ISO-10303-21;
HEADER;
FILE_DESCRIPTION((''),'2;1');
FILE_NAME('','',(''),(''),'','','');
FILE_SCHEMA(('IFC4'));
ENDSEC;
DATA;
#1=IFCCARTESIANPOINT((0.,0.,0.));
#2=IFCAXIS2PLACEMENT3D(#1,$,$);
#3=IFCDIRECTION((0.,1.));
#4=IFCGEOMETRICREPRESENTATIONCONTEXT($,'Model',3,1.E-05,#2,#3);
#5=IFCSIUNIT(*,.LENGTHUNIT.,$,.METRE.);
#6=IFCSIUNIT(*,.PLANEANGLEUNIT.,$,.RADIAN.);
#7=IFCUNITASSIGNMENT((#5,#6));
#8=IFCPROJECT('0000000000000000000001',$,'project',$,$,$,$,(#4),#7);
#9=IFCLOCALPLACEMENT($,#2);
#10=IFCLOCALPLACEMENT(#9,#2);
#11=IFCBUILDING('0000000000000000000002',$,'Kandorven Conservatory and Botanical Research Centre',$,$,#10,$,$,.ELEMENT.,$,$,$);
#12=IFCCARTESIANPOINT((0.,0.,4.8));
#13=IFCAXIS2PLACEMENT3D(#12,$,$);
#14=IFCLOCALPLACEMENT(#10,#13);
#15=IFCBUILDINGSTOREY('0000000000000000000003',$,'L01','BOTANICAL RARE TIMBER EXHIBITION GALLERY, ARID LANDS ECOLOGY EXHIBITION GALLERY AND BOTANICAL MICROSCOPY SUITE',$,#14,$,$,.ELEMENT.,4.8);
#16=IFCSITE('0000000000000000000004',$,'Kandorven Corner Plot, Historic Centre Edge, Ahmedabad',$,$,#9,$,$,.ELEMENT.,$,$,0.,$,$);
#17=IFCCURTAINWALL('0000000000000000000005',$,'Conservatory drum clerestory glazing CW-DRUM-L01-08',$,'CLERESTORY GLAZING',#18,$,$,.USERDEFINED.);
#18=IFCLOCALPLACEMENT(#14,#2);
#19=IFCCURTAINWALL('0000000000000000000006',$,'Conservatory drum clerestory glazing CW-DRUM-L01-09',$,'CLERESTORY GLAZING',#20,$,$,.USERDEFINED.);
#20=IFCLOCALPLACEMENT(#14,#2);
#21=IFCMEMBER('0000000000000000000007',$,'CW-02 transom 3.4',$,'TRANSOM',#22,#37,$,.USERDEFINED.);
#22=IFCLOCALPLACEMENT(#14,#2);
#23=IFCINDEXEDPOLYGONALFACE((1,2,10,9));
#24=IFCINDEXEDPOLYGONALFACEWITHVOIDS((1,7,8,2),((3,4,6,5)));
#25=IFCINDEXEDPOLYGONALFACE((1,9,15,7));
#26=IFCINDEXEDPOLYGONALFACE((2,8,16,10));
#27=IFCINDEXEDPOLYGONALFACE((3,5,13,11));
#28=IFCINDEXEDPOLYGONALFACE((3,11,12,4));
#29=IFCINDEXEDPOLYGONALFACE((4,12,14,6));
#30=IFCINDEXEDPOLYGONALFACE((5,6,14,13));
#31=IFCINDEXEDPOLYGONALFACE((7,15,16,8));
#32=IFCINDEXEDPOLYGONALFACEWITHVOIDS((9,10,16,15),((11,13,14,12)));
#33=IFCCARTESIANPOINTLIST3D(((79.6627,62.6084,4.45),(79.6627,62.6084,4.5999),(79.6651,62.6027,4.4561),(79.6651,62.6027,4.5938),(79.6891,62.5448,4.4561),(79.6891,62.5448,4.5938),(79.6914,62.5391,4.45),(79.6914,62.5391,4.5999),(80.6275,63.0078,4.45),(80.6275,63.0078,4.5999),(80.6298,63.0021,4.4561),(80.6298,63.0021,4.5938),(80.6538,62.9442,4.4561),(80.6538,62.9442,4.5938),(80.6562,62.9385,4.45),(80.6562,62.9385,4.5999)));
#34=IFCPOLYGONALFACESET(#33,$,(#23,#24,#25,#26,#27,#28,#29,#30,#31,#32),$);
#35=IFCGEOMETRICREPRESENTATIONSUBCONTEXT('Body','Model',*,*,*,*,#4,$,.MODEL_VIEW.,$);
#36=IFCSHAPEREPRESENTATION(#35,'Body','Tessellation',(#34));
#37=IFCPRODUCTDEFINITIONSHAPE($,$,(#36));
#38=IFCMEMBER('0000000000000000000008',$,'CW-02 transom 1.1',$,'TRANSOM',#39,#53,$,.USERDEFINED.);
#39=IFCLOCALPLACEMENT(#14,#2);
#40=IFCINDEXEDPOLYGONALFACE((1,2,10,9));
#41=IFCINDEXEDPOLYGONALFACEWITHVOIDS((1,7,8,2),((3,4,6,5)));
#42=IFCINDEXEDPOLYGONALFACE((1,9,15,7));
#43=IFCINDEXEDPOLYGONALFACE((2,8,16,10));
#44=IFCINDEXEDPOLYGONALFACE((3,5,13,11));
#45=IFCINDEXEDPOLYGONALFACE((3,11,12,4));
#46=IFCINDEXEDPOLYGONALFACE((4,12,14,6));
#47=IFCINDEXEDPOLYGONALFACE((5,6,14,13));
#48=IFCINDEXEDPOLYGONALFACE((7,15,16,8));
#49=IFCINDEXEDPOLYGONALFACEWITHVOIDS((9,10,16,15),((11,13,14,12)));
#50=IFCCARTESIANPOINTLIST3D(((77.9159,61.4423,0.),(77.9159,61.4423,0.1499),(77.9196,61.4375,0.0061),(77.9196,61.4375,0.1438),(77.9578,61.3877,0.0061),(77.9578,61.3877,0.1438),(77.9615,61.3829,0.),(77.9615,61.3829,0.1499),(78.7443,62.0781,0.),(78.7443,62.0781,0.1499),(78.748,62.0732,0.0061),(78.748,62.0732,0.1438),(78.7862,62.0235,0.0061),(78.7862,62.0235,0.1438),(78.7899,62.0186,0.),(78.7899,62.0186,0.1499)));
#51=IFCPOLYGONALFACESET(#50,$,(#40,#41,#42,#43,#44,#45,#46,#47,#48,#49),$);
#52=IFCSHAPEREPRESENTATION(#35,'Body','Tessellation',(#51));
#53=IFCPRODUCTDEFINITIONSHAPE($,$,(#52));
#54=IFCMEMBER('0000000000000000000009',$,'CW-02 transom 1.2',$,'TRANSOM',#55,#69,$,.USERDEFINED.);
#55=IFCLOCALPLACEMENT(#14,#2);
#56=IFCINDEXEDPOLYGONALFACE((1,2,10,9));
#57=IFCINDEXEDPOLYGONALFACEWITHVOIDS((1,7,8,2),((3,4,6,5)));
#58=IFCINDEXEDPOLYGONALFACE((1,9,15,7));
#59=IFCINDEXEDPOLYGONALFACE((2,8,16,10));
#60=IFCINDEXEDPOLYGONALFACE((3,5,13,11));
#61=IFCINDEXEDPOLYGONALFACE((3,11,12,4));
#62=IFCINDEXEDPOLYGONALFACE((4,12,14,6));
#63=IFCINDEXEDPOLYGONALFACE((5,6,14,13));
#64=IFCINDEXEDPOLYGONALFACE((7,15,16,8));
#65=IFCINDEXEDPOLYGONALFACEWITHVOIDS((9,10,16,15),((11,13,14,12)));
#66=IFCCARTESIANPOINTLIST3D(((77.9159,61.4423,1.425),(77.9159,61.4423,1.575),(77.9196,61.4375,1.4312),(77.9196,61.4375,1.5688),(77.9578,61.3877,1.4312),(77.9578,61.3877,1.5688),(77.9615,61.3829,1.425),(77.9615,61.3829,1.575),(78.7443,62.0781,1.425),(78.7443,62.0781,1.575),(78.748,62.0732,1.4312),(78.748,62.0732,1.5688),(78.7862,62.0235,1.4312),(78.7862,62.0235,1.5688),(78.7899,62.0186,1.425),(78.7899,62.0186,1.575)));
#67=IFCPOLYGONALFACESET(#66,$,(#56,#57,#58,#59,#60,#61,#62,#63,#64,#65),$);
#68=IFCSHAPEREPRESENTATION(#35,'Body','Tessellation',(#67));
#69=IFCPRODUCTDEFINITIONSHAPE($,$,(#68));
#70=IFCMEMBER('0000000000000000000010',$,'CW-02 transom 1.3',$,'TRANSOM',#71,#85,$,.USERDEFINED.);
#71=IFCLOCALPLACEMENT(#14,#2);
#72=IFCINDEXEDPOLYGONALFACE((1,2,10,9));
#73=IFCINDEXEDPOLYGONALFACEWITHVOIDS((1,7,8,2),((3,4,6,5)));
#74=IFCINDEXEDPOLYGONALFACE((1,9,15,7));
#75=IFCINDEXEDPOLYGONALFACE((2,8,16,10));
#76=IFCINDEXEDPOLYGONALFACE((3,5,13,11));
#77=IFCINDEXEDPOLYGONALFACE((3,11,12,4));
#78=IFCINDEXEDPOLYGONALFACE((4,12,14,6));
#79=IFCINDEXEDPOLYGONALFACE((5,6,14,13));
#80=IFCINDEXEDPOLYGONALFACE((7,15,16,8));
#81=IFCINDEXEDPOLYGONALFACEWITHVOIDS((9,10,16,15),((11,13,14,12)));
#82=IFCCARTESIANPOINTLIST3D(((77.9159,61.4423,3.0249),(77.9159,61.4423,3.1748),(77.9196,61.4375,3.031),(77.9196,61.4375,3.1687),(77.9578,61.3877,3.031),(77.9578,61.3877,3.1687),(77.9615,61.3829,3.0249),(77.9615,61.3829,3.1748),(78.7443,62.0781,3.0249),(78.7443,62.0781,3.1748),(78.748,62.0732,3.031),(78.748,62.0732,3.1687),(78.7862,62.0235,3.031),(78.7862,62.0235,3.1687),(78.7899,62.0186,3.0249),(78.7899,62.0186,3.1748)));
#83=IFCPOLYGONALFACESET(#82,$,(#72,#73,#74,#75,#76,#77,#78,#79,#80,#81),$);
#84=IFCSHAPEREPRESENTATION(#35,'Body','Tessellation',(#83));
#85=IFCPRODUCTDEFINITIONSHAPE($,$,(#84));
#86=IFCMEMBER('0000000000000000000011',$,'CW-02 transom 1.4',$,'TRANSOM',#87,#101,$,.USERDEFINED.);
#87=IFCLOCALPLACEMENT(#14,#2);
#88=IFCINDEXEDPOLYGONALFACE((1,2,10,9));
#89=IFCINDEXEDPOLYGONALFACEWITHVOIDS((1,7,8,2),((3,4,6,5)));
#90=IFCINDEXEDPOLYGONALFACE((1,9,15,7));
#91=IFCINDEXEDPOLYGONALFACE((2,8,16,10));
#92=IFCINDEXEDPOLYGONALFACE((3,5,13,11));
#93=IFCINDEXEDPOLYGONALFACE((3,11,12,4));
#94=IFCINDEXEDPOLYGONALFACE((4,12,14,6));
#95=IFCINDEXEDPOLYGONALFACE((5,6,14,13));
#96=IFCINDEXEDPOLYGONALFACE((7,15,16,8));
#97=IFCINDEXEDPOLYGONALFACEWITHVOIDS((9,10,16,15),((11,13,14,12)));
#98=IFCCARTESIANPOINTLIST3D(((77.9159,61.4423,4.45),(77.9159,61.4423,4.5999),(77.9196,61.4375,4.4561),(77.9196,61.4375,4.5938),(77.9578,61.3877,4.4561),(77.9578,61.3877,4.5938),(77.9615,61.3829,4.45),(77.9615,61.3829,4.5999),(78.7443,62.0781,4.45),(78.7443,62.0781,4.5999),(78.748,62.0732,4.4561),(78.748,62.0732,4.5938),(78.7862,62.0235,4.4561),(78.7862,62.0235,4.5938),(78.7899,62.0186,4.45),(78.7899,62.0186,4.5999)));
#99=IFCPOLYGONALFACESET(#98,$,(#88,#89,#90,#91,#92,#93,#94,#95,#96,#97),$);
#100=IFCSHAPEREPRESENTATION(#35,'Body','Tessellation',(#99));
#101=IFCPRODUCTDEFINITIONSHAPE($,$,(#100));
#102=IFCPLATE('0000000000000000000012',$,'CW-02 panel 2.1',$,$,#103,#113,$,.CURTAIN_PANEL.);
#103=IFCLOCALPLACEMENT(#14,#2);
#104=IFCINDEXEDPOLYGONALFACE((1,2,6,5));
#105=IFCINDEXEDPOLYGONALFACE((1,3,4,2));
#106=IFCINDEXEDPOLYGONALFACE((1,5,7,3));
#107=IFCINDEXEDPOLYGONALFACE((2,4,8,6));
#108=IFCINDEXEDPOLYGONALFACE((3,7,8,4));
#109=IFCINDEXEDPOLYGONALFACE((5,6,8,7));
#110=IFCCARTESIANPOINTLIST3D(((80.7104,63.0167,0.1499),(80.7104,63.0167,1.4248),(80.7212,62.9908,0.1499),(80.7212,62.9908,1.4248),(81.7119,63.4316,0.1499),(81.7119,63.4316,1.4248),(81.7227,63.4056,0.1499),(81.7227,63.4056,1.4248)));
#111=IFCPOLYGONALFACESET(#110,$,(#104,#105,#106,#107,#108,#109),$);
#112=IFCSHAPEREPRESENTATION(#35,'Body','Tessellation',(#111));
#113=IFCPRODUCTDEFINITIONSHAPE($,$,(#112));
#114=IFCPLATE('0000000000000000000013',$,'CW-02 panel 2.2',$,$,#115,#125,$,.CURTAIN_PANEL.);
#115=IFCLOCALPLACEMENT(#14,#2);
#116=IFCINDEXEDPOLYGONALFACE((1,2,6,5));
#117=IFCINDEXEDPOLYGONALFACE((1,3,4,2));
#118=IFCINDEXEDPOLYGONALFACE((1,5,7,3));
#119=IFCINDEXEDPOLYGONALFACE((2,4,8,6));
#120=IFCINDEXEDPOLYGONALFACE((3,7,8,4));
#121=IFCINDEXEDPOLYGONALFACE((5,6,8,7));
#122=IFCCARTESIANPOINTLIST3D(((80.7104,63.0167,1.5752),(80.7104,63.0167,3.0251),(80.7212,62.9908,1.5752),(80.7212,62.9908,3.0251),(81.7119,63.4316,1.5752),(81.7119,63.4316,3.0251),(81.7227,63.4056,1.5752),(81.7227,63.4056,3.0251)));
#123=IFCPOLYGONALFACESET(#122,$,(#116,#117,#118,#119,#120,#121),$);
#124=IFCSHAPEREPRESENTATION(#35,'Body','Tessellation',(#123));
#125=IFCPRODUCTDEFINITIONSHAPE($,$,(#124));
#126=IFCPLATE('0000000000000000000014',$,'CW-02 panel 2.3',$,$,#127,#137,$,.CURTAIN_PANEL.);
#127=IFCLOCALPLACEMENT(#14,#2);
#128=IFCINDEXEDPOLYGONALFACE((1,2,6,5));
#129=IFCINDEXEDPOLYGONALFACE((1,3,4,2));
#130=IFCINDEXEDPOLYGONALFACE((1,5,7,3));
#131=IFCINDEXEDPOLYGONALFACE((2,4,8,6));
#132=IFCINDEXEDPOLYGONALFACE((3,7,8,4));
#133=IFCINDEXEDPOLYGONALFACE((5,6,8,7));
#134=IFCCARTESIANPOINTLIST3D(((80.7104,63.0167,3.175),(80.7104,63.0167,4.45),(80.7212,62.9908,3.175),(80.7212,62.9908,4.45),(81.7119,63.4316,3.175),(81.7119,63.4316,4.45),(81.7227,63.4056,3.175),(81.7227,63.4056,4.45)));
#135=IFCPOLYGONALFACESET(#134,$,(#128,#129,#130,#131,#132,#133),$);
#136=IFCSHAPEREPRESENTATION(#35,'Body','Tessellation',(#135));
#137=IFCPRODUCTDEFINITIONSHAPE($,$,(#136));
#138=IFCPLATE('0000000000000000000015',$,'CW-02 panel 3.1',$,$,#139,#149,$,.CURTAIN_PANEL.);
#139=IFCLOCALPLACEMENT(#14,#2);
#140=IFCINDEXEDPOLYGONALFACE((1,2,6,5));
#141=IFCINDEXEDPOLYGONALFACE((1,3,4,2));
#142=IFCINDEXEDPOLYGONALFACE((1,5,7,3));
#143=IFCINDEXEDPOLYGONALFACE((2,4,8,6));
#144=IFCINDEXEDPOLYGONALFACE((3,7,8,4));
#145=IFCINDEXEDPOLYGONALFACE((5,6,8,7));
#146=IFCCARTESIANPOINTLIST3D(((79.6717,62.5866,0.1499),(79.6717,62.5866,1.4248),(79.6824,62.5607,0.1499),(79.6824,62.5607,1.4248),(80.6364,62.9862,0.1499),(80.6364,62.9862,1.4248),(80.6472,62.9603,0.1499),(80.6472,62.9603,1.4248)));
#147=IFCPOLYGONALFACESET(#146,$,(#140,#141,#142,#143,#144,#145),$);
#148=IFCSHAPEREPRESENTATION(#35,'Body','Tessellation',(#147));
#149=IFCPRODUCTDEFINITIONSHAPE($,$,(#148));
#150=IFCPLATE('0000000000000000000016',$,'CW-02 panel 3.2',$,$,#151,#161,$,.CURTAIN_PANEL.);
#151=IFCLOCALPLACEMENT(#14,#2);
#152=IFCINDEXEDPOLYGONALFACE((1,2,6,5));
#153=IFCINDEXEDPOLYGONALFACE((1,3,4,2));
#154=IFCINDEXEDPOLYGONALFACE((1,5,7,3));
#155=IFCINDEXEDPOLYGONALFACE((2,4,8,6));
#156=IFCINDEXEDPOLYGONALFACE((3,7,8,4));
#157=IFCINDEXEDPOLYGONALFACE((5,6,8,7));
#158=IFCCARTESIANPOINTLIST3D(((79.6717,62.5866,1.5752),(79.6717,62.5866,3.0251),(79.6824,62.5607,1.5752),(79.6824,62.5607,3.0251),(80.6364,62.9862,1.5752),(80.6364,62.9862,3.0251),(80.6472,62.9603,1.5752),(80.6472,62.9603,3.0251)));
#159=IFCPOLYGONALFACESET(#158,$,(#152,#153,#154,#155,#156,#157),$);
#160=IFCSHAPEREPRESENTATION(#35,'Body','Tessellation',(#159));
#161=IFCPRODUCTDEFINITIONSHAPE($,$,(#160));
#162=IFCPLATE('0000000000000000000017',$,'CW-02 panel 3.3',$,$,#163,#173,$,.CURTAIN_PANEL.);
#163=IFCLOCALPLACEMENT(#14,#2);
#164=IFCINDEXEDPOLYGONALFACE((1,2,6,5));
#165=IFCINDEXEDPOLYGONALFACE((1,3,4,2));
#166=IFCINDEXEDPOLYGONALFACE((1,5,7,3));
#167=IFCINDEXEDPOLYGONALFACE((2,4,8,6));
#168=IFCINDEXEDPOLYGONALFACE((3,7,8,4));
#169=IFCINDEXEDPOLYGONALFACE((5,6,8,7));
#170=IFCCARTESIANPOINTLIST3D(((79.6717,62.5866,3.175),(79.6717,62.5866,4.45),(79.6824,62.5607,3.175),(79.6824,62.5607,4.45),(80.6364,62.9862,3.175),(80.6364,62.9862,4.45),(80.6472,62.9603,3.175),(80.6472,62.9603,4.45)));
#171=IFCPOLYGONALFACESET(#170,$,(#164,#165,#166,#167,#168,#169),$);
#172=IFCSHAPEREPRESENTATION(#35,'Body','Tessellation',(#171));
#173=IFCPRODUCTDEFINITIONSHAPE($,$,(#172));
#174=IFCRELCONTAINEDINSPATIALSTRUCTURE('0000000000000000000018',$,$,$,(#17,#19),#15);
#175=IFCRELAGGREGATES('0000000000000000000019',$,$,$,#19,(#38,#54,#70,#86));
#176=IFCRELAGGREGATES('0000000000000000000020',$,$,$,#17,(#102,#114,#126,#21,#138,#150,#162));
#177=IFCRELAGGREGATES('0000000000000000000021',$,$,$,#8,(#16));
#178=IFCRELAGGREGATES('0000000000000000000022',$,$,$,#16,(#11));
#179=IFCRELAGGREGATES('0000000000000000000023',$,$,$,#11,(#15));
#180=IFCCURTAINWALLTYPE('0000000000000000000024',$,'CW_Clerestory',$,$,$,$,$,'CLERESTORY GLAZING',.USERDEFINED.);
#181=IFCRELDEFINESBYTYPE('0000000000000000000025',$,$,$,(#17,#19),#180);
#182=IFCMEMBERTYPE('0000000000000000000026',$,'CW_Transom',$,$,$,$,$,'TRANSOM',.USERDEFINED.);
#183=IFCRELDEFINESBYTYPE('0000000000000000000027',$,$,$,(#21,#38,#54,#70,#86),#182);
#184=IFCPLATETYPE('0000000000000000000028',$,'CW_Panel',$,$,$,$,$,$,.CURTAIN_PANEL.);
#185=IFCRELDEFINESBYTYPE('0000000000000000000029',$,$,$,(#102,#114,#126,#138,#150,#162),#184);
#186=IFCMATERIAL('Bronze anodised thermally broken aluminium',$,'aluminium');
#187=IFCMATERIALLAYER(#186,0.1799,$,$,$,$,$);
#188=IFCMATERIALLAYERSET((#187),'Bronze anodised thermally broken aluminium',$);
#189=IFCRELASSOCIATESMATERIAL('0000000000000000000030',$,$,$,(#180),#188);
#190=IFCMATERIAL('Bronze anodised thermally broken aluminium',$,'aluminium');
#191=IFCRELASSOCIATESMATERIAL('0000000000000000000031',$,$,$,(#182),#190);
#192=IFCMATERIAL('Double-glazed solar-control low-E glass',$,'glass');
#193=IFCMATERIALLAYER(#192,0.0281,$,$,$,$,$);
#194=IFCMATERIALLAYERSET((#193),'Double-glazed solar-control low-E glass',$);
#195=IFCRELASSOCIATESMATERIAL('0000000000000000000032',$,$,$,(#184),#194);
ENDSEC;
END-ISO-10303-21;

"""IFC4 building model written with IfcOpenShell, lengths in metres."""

from ifc_helpers import new_model, si_unit, direction, frame, origin, origin_2d, place, context, subcontext, project, spatial, rectangle, hollow_rectangle, extrude, material, layer, layer_set, material_profile, profile_set, type_object, element, aggregate, save


model = new_model("IFC4")

# Units and contexts
model_context = context("Model", 3, precision=1e-05, world=origin(), true_north=direction((0.0, 1.0)))
body_context = subcontext(model_context, "Body", "Model", "MODEL_VIEW")
ifc_project = project(units=[si_unit("LENGTHUNIT", "METRE"), si_unit("PLANEANGLEUNIT", "RADIAN")], contexts=[model_context])

# Site, building, storey
site_placement = place(None, origin())
site = spatial("IfcSite", under=ifc_project, at=site_placement, Name="Kandorven Corner Plot, Historic Centre Edge, Ahmedabad", CompositionType="ELEMENT", RefElevation=0.0)
building_placement = place(site_placement, origin())
building = spatial("IfcBuilding", under=site, at=building_placement, Name="Kandorven Conservatory and Botanical Research Centre", CompositionType="ELEMENT")
storey_placement = place(building_placement, frame((0.0, 0.0, 4.8)))
storey = spatial("IfcBuildingStorey", under=building, at=storey_placement, Name="L01", Description="BOTANICAL RARE TIMBER EXHIBITION GALLERY, ARID LANDS ECOLOGY EXHIBITION GALLERY AND BOTANICAL MICROSCOPY SUITE", CompositionType="ELEMENT", Elevation=4.8)

# Curtain wall
ifc_material_1 = material(Name="Bronze anodised thermally broken aluminium", Category="aluminium")
ifc_layer_1 = layer(ifc_material_1, 0.1799)
ifc_layer_set_1 = layer_set([ifc_layer_1], Name="Bronze anodised thermally broken aluminium")
curtain_wall_type = type_object("IfcCurtainWallType", Name="CW_Clerestory", ElementType="CLERESTORY GLAZING", PredefinedType="USERDEFINED", material=ifc_layer_set_1)
curtain_wall_1_placement = place(storey_placement, origin())
curtain_wall_1 = element("IfcCurtainWall", 1, at=curtain_wall_1_placement, inside=storey, type_object=curtain_wall_type, Name="Conservatory drum clerestory glazing CW-DRUM-L01-08", ObjectType="CLERESTORY GLAZING", PredefinedType="USERDEFINED")

# Curtain wall
curtain_wall_2_placement = place(storey_placement, origin())
curtain_wall_2 = element("IfcCurtainWall", 2, at=curtain_wall_2_placement, inside=storey, type_object=curtain_wall_type, Name="Conservatory drum clerestory glazing CW-DRUM-L01-09", ObjectType="CLERESTORY GLAZING", PredefinedType="USERDEFINED")

# Members
ifc_material_2 = material(Name="Bronze anodised thermally broken aluminium", Category="aluminium")
ifc_material_profile_1 = material_profile(ifc_material_2, hollow_rectangle(XDim=0.075, YDim=0.1499, WallThickness=0.0061, at=origin_2d()))
ifc_profile_set_1 = profile_set([ifc_material_profile_1], Name="Bronze anodised thermally broken aluminium")
member_type_1 = type_object("IfcMemberType", Name="CW_Transom", ElementType="TRANSOM", PredefinedType="USERDEFINED", material=ifc_profile_set_1)
member_1_placement = place(storey_placement, frame((80.6418, 62.9731, 4.5249), z_axis=(-0.92396, -0.382489, 0.0), x_axis=(0.382489, -0.92396, 0.0)))
member_1 = element("IfcMember", 3, at=member_1_placement, type_object=member_type_1, Name="CW-02 transom 3.4", ObjectType="TRANSOM", PredefinedType="USERDEFINED", context=body_context, shape_type="SweptSolid", body=[
    extrude(hollow_rectangle(XDim=0.075, YDim=0.1499, WallThickness=0.0061, at=origin_2d()), origin(), (0.0, 0.0, 1.0), 1.0442),
])
member_2_placement = place(storey_placement, frame((78.7671, 62.0483, 0.075), z_axis=(-0.793301, -0.608829, 0.0), x_axis=(0.608829, -0.793301, 0.0)))
member_2 = element("IfcMember", 4, at=member_2_placement, type_object=member_type_1, Name="CW-02 transom 1.1", ObjectType="TRANSOM", PredefinedType="USERDEFINED", context=body_context, shape_type="SweptSolid", body=[
    extrude(hollow_rectangle(XDim=0.075, YDim=0.1499, WallThickness=0.0061, at=origin_2d()), origin(), (0.0, 0.0, 1.0), 1.0442),
])
member_3_placement = place(storey_placement, frame((78.7671, 62.0483, 1.5), z_axis=(-0.793301, -0.608829, 0.0), x_axis=(0.608829, -0.793301, 0.0)))
member_3 = element("IfcMember", 5, at=member_3_placement, type_object=member_type_1, Name="CW-02 transom 1.2", ObjectType="TRANSOM", PredefinedType="USERDEFINED", context=body_context, shape_type="SweptSolid", body=[
    extrude(hollow_rectangle(XDim=0.075, YDim=0.1499, WallThickness=0.0061, at=origin_2d()), origin(), (0.0, 0.0, 1.0), 1.0442),
])
member_4_placement = place(storey_placement, frame((78.7671, 62.0483, 3.0999), z_axis=(-0.793301, -0.608829, 0.0), x_axis=(0.608829, -0.793301, 0.0)))
member_4 = element("IfcMember", 6, at=member_4_placement, type_object=member_type_1, Name="CW-02 transom 1.3", ObjectType="TRANSOM", PredefinedType="USERDEFINED", context=body_context, shape_type="SweptSolid", body=[
    extrude(hollow_rectangle(XDim=0.075, YDim=0.1499, WallThickness=0.0061, at=origin_2d()), origin(), (0.0, 0.0, 1.0), 1.0442),
])
member_5_placement = place(storey_placement, frame((78.7671, 62.0483, 4.5249), z_axis=(-0.793301, -0.608829, 0.0), x_axis=(0.608829, -0.793301, 0.0)))
member_5 = element("IfcMember", 7, at=member_5_placement, type_object=member_type_1, Name="CW-02 transom 1.4", ObjectType="TRANSOM", PredefinedType="USERDEFINED", context=body_context, shape_type="SweptSolid", body=[
    extrude(hollow_rectangle(XDim=0.075, YDim=0.1499, WallThickness=0.0061, at=origin_2d()), origin(), (0.0, 0.0, 1.0), 1.0442),
])
aggregate(curtain_wall_2, [member_2, member_3, member_4, member_5])

# Plates
ifc_material_3 = material(Name="Double-glazed solar-control low-E glass", Category="glass")
ifc_layer_2 = layer(ifc_material_3, 0.0281)
ifc_layer_set_2 = layer_set([ifc_layer_2], Name="Double-glazed solar-control low-E glass")
plate_type = type_object("IfcPlateType", Name="CW_Panel", PredefinedType="CURTAIN_PANEL", material=ifc_layer_set_2)
plate_1_placement = place(storey_placement, frame((81.2166, 63.2112, 0.1499), z_axis=(0.0, 0.0, 1.0), x_axis=(-0.923886, -0.382669, 0.0)))
plate_1 = element("IfcPlate", 8, at=plate_1_placement, type_object=plate_type, Name="CW-02 panel 2.1", PredefinedType="CURTAIN_PANEL", context=body_context, shape_type="SweptSolid", body=[
    extrude(rectangle(XDim=1.084, YDim=0.0281, at=origin_2d()), origin(), (0.0, 0.0, 1.0), 1.2749),
])
plate_2_placement = place(storey_placement, frame((81.2166, 63.2112, 1.5752), z_axis=(0.0, 0.0, 1.0), x_axis=(-0.923886, -0.382669, 0.0)))
plate_2 = element("IfcPlate", 9, at=plate_2_placement, type_object=plate_type, Name="CW-02 panel 2.2", PredefinedType="CURTAIN_PANEL", context=body_context, shape_type="SweptSolid", body=[
    extrude(rectangle(XDim=1.084, YDim=0.0281, at=origin_2d()), origin(), (0.0, 0.0, 1.0), 1.45),
])
plate_3_placement = place(storey_placement, frame((81.2166, 63.2112, 3.175), z_axis=(0.0, 0.0, 1.0), x_axis=(-0.923886, -0.382669, 0.0)))
plate_3 = element("IfcPlate", 10, at=plate_3_placement, type_object=plate_type, Name="CW-02 panel 2.3", PredefinedType="CURTAIN_PANEL", context=body_context, shape_type="SweptSolid", body=[
    extrude(rectangle(XDim=1.084, YDim=0.0281, at=origin_2d()), origin(), (0.0, 0.0, 1.0), 1.2749),
])
plate_4_placement = place(storey_placement, frame((80.1594, 62.7734, 0.1499), z_axis=(0.0, 0.0, 1.0), x_axis=(-0.923886, -0.382669, 0.0)))
plate_4 = element("IfcPlate", 11, at=plate_4_placement, type_object=plate_type, Name="CW-02 panel 3.1", PredefinedType="CURTAIN_PANEL", context=body_context, shape_type="SweptSolid", body=[
    extrude(rectangle(XDim=1.0442, YDim=0.0281, at=origin_2d()), origin(), (0.0, 0.0, 1.0), 1.2749),
])
plate_5_placement = place(storey_placement, frame((80.1594, 62.7734, 1.5752), z_axis=(0.0, 0.0, 1.0), x_axis=(-0.923886, -0.382669, 0.0)))
plate_5 = element("IfcPlate", 12, at=plate_5_placement, type_object=plate_type, Name="CW-02 panel 3.2", PredefinedType="CURTAIN_PANEL", context=body_context, shape_type="SweptSolid", body=[
    extrude(rectangle(XDim=1.0442, YDim=0.0281, at=origin_2d()), origin(), (0.0, 0.0, 1.0), 1.45),
])
plate_6_placement = place(storey_placement, frame((80.1594, 62.7734, 3.175), z_axis=(0.0, 0.0, 1.0), x_axis=(-0.923886, -0.382669, 0.0)))
plate_6 = element("IfcPlate", 13, at=plate_6_placement, type_object=plate_type, Name="CW-02 panel 3.3", PredefinedType="CURTAIN_PANEL", context=body_context, shape_type="SweptSolid", body=[
    extrude(rectangle(XDim=1.0442, YDim=0.0281, at=origin_2d()), origin(), (0.0, 0.0, 1.0), 1.2749),
])
aggregate(curtain_wall_1, [plate_1, plate_2, plate_3, member_1, plate_4, plate_5, plate_6])

save(model, "model.ifc")
